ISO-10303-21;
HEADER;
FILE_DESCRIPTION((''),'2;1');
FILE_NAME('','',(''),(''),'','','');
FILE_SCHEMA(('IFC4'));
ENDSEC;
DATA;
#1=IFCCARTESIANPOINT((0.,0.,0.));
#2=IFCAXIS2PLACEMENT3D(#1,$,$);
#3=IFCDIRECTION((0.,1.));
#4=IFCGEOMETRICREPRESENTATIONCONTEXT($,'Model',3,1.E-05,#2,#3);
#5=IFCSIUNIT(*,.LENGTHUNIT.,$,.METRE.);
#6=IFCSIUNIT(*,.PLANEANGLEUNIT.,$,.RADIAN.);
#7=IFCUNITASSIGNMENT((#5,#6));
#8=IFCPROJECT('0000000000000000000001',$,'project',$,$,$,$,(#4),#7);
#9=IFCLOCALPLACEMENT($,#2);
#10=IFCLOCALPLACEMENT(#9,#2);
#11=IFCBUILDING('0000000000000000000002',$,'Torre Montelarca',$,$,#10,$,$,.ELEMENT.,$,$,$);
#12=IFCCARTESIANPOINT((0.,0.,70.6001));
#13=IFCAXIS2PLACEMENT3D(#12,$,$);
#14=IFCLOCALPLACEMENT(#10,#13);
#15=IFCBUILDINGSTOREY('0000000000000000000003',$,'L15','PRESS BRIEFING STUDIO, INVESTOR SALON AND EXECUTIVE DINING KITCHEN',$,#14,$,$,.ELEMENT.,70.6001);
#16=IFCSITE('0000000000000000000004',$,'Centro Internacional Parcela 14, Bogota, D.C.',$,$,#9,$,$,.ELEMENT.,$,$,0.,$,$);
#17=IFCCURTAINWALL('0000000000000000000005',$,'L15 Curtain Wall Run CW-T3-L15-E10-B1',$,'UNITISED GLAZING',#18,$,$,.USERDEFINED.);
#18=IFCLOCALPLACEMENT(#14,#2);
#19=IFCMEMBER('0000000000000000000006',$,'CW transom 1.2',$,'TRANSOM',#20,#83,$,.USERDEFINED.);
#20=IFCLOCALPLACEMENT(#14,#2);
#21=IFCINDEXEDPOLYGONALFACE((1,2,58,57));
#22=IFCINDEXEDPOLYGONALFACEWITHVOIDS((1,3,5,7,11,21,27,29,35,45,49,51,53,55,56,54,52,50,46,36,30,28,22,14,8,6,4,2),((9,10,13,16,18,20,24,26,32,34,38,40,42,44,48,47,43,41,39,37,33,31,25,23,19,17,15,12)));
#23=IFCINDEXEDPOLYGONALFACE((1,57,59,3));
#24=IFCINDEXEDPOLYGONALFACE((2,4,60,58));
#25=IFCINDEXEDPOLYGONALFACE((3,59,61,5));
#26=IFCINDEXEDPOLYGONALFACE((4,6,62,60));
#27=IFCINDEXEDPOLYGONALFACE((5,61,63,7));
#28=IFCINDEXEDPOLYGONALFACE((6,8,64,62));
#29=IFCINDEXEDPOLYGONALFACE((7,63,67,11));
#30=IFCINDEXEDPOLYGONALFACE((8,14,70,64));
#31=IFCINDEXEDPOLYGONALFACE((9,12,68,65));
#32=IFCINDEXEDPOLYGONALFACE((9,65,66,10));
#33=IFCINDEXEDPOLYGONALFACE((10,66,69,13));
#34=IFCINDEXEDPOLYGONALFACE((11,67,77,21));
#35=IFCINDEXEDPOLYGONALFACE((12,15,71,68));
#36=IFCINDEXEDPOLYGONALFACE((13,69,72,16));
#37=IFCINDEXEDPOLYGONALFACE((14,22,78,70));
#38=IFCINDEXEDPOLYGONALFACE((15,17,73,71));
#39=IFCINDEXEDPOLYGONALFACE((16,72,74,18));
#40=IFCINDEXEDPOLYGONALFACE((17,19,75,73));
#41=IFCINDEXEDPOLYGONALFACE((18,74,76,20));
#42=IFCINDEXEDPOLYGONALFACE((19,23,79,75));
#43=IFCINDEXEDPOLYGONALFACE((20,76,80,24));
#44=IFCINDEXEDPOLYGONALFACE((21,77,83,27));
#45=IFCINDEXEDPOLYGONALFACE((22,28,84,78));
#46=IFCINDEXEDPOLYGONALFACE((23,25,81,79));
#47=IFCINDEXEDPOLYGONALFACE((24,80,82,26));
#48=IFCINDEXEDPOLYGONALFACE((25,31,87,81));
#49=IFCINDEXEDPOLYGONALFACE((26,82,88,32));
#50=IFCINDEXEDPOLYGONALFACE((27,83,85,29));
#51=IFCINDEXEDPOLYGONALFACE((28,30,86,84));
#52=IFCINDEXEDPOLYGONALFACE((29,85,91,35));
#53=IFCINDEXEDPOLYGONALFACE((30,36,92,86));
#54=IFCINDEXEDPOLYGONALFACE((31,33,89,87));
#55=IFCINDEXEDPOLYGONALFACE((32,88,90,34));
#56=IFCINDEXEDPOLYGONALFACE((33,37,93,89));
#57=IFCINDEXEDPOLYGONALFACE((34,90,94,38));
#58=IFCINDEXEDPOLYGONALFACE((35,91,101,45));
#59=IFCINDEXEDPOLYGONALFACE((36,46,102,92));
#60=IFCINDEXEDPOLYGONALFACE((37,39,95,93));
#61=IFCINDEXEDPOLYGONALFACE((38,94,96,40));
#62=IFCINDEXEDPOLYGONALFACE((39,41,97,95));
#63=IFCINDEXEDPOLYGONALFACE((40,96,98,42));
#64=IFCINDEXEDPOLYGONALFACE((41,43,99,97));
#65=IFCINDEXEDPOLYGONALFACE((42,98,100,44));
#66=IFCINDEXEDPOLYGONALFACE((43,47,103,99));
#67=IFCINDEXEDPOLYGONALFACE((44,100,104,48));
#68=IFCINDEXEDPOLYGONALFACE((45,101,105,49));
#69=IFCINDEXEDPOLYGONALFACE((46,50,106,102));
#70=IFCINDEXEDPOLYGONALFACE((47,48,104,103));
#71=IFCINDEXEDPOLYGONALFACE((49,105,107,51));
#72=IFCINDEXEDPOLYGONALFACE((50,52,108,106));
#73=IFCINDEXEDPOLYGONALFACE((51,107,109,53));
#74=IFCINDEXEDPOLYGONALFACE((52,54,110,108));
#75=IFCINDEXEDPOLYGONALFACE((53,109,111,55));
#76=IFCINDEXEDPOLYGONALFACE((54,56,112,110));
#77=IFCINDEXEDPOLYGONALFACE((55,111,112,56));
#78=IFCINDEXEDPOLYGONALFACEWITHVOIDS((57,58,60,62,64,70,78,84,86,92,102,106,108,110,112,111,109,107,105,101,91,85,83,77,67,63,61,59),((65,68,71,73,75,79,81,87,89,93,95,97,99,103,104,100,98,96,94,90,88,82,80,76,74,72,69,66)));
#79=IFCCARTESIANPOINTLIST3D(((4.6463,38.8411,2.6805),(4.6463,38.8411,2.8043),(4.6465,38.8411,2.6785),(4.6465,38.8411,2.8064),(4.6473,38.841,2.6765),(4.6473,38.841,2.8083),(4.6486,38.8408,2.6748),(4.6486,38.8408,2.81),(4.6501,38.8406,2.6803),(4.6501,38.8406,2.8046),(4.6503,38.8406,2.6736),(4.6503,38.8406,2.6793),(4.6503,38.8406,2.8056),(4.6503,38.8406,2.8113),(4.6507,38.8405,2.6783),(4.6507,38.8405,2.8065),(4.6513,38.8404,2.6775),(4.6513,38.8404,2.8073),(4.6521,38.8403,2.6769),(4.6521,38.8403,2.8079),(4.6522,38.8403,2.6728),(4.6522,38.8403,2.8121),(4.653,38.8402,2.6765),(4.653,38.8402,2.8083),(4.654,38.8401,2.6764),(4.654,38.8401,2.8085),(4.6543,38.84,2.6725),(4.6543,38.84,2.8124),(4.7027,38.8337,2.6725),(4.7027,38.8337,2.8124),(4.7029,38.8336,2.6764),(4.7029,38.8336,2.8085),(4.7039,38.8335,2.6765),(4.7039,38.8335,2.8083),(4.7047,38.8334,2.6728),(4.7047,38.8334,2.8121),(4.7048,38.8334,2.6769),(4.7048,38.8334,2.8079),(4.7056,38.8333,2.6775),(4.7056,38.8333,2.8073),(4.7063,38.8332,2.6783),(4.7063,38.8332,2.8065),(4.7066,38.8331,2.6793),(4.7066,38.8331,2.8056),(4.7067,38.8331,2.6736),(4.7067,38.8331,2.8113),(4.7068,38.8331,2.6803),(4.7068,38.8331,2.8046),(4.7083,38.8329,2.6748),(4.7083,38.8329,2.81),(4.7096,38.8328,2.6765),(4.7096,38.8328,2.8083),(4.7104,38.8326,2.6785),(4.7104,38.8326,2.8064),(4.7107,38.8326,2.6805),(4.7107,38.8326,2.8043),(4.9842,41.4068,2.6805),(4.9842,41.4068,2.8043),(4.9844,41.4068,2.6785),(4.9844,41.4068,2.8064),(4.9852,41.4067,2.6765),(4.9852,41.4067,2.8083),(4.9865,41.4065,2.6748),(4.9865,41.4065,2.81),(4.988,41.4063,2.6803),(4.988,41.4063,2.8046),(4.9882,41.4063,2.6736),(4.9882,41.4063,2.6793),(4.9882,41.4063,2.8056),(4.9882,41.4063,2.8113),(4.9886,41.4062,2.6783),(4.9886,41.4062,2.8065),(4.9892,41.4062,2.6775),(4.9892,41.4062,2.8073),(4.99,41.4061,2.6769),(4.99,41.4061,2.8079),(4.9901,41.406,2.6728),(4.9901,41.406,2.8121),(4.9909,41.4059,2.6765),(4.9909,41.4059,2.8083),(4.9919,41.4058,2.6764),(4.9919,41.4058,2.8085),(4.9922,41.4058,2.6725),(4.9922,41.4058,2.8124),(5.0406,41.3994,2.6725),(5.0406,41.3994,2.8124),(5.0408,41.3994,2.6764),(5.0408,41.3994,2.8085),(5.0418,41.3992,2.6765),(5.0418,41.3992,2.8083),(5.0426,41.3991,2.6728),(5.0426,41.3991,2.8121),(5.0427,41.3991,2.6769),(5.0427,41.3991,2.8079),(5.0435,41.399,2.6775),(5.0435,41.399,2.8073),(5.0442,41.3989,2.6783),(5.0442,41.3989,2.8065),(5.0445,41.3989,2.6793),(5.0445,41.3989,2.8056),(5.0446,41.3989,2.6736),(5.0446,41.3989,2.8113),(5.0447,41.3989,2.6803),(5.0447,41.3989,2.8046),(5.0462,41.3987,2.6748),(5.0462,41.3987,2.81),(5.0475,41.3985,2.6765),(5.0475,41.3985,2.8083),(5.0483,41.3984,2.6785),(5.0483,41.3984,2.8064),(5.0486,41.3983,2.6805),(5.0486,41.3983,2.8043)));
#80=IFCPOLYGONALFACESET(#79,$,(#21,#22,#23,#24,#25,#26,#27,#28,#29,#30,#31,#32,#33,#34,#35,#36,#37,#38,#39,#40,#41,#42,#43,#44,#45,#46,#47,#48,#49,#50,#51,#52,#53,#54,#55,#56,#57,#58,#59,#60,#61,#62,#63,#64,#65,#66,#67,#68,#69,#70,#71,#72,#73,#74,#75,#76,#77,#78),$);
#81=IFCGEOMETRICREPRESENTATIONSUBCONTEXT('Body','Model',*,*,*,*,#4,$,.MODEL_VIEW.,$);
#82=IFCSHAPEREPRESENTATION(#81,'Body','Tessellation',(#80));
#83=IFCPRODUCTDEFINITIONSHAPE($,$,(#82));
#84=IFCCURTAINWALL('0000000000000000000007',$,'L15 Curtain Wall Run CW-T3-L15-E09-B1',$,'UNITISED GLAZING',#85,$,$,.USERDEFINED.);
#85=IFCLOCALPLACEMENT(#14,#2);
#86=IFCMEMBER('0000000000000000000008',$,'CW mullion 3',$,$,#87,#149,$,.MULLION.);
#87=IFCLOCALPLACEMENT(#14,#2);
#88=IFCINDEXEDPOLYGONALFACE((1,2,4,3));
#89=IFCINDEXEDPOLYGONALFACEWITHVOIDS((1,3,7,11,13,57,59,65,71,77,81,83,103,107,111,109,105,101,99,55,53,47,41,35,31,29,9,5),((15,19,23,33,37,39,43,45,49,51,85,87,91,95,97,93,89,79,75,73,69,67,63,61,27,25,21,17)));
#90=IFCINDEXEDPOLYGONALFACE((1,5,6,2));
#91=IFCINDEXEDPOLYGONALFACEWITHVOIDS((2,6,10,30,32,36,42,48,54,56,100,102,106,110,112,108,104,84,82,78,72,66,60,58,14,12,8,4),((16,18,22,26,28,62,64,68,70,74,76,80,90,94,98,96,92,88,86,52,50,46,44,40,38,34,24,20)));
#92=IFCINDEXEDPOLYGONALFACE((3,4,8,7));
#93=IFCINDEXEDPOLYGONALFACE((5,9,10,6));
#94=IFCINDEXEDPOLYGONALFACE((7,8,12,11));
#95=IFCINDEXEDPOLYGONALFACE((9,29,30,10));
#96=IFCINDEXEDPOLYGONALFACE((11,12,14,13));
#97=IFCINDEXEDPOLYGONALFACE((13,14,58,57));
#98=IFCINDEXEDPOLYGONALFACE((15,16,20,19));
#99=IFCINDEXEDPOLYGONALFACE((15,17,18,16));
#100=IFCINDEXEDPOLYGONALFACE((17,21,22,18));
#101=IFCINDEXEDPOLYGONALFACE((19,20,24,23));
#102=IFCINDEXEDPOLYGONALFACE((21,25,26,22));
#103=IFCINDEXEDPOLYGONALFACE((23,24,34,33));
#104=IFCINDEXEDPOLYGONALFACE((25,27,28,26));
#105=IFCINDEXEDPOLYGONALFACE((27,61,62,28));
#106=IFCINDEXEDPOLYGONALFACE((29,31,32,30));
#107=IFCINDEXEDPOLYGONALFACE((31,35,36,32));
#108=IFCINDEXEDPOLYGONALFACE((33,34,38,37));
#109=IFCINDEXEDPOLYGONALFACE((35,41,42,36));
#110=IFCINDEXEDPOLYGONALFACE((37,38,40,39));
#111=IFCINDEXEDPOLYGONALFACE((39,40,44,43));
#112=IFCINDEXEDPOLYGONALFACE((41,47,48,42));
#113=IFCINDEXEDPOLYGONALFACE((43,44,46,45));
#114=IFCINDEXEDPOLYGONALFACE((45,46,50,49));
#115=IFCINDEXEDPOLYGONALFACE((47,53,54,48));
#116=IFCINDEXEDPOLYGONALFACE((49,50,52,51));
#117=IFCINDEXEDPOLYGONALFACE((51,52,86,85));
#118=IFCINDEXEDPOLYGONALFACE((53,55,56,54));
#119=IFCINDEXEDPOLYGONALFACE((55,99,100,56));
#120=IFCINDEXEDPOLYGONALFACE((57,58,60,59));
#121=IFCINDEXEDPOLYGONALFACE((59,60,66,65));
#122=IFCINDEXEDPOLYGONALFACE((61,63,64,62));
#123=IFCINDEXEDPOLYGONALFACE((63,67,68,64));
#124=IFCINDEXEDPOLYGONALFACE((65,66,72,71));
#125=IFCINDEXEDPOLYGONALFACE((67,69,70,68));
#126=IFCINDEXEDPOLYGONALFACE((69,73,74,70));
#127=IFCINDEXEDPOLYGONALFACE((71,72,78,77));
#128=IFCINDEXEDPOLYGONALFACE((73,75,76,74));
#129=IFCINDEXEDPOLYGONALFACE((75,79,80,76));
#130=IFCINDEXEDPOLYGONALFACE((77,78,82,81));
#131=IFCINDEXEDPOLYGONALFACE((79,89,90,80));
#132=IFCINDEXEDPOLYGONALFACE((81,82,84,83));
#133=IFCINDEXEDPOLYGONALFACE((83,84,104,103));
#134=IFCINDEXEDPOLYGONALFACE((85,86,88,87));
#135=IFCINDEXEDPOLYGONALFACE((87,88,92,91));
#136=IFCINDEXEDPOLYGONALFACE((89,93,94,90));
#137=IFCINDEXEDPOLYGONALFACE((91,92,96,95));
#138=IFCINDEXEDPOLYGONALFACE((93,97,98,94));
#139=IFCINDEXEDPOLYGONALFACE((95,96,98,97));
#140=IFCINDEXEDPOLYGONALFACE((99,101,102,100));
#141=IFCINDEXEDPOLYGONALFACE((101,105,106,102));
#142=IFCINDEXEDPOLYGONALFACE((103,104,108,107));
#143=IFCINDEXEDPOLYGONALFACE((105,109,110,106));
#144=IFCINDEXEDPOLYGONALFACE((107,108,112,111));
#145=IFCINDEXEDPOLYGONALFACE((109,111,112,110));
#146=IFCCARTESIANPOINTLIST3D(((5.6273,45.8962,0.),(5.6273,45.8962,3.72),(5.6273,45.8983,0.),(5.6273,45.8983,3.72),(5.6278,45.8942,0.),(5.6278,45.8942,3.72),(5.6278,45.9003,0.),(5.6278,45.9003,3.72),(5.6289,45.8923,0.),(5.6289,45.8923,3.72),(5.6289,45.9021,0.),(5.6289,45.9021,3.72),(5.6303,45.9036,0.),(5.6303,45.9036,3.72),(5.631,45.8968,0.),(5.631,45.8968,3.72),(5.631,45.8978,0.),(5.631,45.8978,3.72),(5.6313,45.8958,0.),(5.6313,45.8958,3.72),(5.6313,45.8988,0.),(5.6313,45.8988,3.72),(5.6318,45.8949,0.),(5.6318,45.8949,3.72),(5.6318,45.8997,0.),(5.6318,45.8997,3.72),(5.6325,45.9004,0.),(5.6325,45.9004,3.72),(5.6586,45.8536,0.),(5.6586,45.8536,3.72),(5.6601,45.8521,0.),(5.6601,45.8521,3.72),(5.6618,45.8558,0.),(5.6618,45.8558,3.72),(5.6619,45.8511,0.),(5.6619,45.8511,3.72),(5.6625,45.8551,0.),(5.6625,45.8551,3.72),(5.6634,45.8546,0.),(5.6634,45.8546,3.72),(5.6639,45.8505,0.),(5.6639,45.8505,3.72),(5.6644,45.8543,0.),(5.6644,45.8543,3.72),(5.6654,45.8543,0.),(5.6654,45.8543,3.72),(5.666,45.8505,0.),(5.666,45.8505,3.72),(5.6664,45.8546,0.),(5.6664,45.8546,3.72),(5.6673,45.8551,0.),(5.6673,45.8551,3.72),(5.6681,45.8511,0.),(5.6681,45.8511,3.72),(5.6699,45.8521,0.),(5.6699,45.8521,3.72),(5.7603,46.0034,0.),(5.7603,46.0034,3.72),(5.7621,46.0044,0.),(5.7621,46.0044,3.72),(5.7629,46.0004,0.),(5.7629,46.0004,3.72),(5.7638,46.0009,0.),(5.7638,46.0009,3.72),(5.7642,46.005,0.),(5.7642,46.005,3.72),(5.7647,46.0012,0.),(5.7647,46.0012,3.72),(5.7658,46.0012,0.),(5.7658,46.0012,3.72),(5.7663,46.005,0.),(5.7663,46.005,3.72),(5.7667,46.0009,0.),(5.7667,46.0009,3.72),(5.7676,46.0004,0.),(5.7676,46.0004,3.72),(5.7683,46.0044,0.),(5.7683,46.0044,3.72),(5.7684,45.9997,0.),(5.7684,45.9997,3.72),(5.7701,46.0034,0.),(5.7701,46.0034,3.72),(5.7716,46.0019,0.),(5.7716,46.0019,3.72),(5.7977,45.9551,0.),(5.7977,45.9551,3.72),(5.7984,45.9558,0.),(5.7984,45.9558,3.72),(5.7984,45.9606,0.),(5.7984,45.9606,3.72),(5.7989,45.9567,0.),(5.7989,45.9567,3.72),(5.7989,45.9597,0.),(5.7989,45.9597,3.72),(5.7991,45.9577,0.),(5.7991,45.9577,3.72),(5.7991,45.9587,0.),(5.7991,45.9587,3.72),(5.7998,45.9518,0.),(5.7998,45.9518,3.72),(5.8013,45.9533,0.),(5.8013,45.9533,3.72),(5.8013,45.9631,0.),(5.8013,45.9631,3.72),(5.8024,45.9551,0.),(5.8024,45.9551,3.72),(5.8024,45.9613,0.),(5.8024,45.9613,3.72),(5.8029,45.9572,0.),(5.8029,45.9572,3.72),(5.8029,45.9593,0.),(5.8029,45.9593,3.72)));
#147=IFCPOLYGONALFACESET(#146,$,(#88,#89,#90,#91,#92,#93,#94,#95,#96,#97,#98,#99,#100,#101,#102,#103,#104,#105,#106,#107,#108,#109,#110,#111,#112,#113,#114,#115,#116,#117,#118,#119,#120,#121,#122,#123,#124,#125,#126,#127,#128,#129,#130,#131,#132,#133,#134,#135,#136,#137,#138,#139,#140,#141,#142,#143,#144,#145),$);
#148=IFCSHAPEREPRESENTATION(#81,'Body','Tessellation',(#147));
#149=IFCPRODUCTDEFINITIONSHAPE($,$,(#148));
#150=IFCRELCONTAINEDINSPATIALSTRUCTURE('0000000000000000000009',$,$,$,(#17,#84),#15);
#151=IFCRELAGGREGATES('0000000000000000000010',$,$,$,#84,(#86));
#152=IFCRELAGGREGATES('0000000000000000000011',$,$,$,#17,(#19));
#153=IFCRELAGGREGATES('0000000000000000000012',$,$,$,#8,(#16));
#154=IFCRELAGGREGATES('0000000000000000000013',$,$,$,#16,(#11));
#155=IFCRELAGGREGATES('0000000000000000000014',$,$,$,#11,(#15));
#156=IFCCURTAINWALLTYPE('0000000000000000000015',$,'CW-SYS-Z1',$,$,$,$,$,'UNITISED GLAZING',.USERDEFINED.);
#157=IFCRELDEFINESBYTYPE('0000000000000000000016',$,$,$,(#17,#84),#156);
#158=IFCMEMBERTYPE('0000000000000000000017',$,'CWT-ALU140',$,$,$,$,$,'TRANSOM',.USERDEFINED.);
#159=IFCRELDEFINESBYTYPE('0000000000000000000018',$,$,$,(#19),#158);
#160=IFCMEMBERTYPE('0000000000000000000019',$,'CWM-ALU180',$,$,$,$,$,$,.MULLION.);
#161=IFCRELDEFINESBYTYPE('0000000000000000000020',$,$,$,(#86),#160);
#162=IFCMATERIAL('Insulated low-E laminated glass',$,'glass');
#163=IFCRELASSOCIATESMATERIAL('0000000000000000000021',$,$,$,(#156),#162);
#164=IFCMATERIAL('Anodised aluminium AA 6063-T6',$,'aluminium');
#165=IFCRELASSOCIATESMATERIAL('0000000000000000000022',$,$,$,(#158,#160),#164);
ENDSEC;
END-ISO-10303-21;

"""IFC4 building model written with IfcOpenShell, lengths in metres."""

from ifc_helpers import new_model, si_unit, direction, frame, origin, origin_2d, place, context, subcontext, project, spatial, hollow_rectangle, extrude, source, transform, mapped, material, material_profile, profile_set, type_object, element, aggregate, save


model = new_model("IFC4")

# Units and contexts
model_context = context("Model", 3, precision=1e-05, world=origin(), true_north=direction((0.0, 1.0)))
body_context = subcontext(model_context, "Body", "Model", "MODEL_VIEW")
ifc_project = project(units=[si_unit("LENGTHUNIT", "METRE"), si_unit("PLANEANGLEUNIT", "RADIAN")], contexts=[model_context])

# Site, building, storey
site_placement = place(None, origin())
site = spatial("IfcSite", under=ifc_project, at=site_placement, Name="Centro Internacional Parcela 14, Bogota, D.C.", CompositionType="ELEMENT", RefElevation=0.0)
building_placement = place(site_placement, origin())
building = spatial("IfcBuilding", under=site, at=building_placement, Name="Torre Montelarca", CompositionType="ELEMENT")
storey_placement = place(building_placement, frame((0.0, 0.0, 70.6001)))
storey = spatial("IfcBuildingStorey", under=building, at=storey_placement, Name="L15", Description="PRESS BRIEFING STUDIO, INVESTOR SALON AND EXECUTIVE DINING KITCHEN", CompositionType="ELEMENT", Elevation=70.6001)

# Curtain wall, member
ifc_material_1 = material(Name="Insulated low-E laminated glass", Category="glass")
curtain_wall_type = type_object("IfcCurtainWallType", Name="CW-SYS-Z1", ElementType="UNITISED GLAZING", PredefinedType="USERDEFINED", material=ifc_material_1)
curtain_wall_1_placement = place(storey_placement, origin())
curtain_wall_1 = element("IfcCurtainWall", 1, at=curtain_wall_1_placement, inside=storey, type_object=curtain_wall_type, Name="L15 Curtain Wall Run CW-T3-L15-E10-B1", ObjectType="UNITISED GLAZING", PredefinedType="USERDEFINED")
ifc_material_2 = material(Name="Anodised aluminium AA 6063-T6", Category="aluminium")
ifc_material_profile_1 = material_profile(ifc_material_2, hollow_rectangle(XDim=0.0649, YDim=0.1399, WallThickness=0.0039, InnerFilletRadius=0.0039, OuterFilletRadius=0.0081, at=origin_2d()), Name="ALU65X140X4", Category="aluminium")
ifc_profile_set_1 = profile_set([ifc_material_profile_1], Name="Anodised aluminium AA 6063-T6")
member_type_1 = type_object("IfcMemberType", Name="CWT-ALU140", ElementType="TRANSOM", PredefinedType="USERDEFINED", material=ifc_profile_set_1)
shared_shape_1 = source(origin(), body_context, "Body", "SweptSolid", [
    extrude(hollow_rectangle(XDim=0.0649, YDim=0.1399, WallThickness=0.0039, InnerFilletRadius=0.0039, OuterFilletRadius=0.0081, at=origin_2d()), origin(), (0.0, 0.0, 1.0), 2.5879),
])
member_1_placement = place(storey_placement, frame((5.0164, 41.4026, 2.7424), z_axis=(-0.130569, -0.991439, 0.0), x_axis=(0.991439, -0.130569, 0.0)))
member_1 = element("IfcMember", 2, at=member_1_placement, type_object=member_type_1, Name="CW transom 1.2", ObjectType="TRANSOM", PredefinedType="USERDEFINED", context=body_context, shape_type="MappedRepresentation", body=[
    mapped(shared_shape_1, transform((0.0, 0.0, 0.0), scale=1.0)),
])

# Curtain wall, member
curtain_wall_2_placement = place(storey_placement, origin())
curtain_wall_2 = element("IfcCurtainWall", 3, at=curtain_wall_2_placement, inside=storey, type_object=curtain_wall_type, Name="L15 Curtain Wall Run CW-T3-L15-E09-B1", ObjectType="UNITISED GLAZING", PredefinedType="USERDEFINED")
ifc_material_profile_2 = material_profile(ifc_material_2, hollow_rectangle(XDim=0.0649, YDim=0.1799, WallThickness=0.0039, InnerFilletRadius=0.0039, OuterFilletRadius=0.0081, at=origin_2d()), Name="ALU65X180X4", Category="aluminium")
ifc_profile_set_2 = profile_set([ifc_material_profile_2], Name="Anodised aluminium AA 6063-T6")
member_type_2 = type_object("IfcMemberType", Name="CWM-ALU180", PredefinedType="MULLION", material=ifc_profile_set_2)
shared_shape_2 = source(origin(), body_context, "Body", "SweptSolid", [
    extrude(hollow_rectangle(XDim=0.0649, YDim=0.1799, WallThickness=0.0039, InnerFilletRadius=0.0039, OuterFilletRadius=0.0081, at=origin_2d()), origin(), (0.0, 0.0, 1.0), 3.72),
])
member_2_placement = place(storey_placement, frame((5.7151, 45.9277, 0.0), z_axis=(0.0, 0.0, 1.0), x_axis=(0.608764, -0.793351, 0.0)))
member_2 = element("IfcMember", 4, at=member_2_placement, type_object=member_type_2, Name="CW mullion 3", PredefinedType="MULLION", context=body_context, shape_type="MappedRepresentation", body=[
    mapped(shared_shape_2, transform((0.0, 0.0, 0.0), scale=1.0)),
])

aggregate(curtain_wall_2, [member_2])
aggregate(curtain_wall_1, [member_1])

save(model, "model.ifc")
